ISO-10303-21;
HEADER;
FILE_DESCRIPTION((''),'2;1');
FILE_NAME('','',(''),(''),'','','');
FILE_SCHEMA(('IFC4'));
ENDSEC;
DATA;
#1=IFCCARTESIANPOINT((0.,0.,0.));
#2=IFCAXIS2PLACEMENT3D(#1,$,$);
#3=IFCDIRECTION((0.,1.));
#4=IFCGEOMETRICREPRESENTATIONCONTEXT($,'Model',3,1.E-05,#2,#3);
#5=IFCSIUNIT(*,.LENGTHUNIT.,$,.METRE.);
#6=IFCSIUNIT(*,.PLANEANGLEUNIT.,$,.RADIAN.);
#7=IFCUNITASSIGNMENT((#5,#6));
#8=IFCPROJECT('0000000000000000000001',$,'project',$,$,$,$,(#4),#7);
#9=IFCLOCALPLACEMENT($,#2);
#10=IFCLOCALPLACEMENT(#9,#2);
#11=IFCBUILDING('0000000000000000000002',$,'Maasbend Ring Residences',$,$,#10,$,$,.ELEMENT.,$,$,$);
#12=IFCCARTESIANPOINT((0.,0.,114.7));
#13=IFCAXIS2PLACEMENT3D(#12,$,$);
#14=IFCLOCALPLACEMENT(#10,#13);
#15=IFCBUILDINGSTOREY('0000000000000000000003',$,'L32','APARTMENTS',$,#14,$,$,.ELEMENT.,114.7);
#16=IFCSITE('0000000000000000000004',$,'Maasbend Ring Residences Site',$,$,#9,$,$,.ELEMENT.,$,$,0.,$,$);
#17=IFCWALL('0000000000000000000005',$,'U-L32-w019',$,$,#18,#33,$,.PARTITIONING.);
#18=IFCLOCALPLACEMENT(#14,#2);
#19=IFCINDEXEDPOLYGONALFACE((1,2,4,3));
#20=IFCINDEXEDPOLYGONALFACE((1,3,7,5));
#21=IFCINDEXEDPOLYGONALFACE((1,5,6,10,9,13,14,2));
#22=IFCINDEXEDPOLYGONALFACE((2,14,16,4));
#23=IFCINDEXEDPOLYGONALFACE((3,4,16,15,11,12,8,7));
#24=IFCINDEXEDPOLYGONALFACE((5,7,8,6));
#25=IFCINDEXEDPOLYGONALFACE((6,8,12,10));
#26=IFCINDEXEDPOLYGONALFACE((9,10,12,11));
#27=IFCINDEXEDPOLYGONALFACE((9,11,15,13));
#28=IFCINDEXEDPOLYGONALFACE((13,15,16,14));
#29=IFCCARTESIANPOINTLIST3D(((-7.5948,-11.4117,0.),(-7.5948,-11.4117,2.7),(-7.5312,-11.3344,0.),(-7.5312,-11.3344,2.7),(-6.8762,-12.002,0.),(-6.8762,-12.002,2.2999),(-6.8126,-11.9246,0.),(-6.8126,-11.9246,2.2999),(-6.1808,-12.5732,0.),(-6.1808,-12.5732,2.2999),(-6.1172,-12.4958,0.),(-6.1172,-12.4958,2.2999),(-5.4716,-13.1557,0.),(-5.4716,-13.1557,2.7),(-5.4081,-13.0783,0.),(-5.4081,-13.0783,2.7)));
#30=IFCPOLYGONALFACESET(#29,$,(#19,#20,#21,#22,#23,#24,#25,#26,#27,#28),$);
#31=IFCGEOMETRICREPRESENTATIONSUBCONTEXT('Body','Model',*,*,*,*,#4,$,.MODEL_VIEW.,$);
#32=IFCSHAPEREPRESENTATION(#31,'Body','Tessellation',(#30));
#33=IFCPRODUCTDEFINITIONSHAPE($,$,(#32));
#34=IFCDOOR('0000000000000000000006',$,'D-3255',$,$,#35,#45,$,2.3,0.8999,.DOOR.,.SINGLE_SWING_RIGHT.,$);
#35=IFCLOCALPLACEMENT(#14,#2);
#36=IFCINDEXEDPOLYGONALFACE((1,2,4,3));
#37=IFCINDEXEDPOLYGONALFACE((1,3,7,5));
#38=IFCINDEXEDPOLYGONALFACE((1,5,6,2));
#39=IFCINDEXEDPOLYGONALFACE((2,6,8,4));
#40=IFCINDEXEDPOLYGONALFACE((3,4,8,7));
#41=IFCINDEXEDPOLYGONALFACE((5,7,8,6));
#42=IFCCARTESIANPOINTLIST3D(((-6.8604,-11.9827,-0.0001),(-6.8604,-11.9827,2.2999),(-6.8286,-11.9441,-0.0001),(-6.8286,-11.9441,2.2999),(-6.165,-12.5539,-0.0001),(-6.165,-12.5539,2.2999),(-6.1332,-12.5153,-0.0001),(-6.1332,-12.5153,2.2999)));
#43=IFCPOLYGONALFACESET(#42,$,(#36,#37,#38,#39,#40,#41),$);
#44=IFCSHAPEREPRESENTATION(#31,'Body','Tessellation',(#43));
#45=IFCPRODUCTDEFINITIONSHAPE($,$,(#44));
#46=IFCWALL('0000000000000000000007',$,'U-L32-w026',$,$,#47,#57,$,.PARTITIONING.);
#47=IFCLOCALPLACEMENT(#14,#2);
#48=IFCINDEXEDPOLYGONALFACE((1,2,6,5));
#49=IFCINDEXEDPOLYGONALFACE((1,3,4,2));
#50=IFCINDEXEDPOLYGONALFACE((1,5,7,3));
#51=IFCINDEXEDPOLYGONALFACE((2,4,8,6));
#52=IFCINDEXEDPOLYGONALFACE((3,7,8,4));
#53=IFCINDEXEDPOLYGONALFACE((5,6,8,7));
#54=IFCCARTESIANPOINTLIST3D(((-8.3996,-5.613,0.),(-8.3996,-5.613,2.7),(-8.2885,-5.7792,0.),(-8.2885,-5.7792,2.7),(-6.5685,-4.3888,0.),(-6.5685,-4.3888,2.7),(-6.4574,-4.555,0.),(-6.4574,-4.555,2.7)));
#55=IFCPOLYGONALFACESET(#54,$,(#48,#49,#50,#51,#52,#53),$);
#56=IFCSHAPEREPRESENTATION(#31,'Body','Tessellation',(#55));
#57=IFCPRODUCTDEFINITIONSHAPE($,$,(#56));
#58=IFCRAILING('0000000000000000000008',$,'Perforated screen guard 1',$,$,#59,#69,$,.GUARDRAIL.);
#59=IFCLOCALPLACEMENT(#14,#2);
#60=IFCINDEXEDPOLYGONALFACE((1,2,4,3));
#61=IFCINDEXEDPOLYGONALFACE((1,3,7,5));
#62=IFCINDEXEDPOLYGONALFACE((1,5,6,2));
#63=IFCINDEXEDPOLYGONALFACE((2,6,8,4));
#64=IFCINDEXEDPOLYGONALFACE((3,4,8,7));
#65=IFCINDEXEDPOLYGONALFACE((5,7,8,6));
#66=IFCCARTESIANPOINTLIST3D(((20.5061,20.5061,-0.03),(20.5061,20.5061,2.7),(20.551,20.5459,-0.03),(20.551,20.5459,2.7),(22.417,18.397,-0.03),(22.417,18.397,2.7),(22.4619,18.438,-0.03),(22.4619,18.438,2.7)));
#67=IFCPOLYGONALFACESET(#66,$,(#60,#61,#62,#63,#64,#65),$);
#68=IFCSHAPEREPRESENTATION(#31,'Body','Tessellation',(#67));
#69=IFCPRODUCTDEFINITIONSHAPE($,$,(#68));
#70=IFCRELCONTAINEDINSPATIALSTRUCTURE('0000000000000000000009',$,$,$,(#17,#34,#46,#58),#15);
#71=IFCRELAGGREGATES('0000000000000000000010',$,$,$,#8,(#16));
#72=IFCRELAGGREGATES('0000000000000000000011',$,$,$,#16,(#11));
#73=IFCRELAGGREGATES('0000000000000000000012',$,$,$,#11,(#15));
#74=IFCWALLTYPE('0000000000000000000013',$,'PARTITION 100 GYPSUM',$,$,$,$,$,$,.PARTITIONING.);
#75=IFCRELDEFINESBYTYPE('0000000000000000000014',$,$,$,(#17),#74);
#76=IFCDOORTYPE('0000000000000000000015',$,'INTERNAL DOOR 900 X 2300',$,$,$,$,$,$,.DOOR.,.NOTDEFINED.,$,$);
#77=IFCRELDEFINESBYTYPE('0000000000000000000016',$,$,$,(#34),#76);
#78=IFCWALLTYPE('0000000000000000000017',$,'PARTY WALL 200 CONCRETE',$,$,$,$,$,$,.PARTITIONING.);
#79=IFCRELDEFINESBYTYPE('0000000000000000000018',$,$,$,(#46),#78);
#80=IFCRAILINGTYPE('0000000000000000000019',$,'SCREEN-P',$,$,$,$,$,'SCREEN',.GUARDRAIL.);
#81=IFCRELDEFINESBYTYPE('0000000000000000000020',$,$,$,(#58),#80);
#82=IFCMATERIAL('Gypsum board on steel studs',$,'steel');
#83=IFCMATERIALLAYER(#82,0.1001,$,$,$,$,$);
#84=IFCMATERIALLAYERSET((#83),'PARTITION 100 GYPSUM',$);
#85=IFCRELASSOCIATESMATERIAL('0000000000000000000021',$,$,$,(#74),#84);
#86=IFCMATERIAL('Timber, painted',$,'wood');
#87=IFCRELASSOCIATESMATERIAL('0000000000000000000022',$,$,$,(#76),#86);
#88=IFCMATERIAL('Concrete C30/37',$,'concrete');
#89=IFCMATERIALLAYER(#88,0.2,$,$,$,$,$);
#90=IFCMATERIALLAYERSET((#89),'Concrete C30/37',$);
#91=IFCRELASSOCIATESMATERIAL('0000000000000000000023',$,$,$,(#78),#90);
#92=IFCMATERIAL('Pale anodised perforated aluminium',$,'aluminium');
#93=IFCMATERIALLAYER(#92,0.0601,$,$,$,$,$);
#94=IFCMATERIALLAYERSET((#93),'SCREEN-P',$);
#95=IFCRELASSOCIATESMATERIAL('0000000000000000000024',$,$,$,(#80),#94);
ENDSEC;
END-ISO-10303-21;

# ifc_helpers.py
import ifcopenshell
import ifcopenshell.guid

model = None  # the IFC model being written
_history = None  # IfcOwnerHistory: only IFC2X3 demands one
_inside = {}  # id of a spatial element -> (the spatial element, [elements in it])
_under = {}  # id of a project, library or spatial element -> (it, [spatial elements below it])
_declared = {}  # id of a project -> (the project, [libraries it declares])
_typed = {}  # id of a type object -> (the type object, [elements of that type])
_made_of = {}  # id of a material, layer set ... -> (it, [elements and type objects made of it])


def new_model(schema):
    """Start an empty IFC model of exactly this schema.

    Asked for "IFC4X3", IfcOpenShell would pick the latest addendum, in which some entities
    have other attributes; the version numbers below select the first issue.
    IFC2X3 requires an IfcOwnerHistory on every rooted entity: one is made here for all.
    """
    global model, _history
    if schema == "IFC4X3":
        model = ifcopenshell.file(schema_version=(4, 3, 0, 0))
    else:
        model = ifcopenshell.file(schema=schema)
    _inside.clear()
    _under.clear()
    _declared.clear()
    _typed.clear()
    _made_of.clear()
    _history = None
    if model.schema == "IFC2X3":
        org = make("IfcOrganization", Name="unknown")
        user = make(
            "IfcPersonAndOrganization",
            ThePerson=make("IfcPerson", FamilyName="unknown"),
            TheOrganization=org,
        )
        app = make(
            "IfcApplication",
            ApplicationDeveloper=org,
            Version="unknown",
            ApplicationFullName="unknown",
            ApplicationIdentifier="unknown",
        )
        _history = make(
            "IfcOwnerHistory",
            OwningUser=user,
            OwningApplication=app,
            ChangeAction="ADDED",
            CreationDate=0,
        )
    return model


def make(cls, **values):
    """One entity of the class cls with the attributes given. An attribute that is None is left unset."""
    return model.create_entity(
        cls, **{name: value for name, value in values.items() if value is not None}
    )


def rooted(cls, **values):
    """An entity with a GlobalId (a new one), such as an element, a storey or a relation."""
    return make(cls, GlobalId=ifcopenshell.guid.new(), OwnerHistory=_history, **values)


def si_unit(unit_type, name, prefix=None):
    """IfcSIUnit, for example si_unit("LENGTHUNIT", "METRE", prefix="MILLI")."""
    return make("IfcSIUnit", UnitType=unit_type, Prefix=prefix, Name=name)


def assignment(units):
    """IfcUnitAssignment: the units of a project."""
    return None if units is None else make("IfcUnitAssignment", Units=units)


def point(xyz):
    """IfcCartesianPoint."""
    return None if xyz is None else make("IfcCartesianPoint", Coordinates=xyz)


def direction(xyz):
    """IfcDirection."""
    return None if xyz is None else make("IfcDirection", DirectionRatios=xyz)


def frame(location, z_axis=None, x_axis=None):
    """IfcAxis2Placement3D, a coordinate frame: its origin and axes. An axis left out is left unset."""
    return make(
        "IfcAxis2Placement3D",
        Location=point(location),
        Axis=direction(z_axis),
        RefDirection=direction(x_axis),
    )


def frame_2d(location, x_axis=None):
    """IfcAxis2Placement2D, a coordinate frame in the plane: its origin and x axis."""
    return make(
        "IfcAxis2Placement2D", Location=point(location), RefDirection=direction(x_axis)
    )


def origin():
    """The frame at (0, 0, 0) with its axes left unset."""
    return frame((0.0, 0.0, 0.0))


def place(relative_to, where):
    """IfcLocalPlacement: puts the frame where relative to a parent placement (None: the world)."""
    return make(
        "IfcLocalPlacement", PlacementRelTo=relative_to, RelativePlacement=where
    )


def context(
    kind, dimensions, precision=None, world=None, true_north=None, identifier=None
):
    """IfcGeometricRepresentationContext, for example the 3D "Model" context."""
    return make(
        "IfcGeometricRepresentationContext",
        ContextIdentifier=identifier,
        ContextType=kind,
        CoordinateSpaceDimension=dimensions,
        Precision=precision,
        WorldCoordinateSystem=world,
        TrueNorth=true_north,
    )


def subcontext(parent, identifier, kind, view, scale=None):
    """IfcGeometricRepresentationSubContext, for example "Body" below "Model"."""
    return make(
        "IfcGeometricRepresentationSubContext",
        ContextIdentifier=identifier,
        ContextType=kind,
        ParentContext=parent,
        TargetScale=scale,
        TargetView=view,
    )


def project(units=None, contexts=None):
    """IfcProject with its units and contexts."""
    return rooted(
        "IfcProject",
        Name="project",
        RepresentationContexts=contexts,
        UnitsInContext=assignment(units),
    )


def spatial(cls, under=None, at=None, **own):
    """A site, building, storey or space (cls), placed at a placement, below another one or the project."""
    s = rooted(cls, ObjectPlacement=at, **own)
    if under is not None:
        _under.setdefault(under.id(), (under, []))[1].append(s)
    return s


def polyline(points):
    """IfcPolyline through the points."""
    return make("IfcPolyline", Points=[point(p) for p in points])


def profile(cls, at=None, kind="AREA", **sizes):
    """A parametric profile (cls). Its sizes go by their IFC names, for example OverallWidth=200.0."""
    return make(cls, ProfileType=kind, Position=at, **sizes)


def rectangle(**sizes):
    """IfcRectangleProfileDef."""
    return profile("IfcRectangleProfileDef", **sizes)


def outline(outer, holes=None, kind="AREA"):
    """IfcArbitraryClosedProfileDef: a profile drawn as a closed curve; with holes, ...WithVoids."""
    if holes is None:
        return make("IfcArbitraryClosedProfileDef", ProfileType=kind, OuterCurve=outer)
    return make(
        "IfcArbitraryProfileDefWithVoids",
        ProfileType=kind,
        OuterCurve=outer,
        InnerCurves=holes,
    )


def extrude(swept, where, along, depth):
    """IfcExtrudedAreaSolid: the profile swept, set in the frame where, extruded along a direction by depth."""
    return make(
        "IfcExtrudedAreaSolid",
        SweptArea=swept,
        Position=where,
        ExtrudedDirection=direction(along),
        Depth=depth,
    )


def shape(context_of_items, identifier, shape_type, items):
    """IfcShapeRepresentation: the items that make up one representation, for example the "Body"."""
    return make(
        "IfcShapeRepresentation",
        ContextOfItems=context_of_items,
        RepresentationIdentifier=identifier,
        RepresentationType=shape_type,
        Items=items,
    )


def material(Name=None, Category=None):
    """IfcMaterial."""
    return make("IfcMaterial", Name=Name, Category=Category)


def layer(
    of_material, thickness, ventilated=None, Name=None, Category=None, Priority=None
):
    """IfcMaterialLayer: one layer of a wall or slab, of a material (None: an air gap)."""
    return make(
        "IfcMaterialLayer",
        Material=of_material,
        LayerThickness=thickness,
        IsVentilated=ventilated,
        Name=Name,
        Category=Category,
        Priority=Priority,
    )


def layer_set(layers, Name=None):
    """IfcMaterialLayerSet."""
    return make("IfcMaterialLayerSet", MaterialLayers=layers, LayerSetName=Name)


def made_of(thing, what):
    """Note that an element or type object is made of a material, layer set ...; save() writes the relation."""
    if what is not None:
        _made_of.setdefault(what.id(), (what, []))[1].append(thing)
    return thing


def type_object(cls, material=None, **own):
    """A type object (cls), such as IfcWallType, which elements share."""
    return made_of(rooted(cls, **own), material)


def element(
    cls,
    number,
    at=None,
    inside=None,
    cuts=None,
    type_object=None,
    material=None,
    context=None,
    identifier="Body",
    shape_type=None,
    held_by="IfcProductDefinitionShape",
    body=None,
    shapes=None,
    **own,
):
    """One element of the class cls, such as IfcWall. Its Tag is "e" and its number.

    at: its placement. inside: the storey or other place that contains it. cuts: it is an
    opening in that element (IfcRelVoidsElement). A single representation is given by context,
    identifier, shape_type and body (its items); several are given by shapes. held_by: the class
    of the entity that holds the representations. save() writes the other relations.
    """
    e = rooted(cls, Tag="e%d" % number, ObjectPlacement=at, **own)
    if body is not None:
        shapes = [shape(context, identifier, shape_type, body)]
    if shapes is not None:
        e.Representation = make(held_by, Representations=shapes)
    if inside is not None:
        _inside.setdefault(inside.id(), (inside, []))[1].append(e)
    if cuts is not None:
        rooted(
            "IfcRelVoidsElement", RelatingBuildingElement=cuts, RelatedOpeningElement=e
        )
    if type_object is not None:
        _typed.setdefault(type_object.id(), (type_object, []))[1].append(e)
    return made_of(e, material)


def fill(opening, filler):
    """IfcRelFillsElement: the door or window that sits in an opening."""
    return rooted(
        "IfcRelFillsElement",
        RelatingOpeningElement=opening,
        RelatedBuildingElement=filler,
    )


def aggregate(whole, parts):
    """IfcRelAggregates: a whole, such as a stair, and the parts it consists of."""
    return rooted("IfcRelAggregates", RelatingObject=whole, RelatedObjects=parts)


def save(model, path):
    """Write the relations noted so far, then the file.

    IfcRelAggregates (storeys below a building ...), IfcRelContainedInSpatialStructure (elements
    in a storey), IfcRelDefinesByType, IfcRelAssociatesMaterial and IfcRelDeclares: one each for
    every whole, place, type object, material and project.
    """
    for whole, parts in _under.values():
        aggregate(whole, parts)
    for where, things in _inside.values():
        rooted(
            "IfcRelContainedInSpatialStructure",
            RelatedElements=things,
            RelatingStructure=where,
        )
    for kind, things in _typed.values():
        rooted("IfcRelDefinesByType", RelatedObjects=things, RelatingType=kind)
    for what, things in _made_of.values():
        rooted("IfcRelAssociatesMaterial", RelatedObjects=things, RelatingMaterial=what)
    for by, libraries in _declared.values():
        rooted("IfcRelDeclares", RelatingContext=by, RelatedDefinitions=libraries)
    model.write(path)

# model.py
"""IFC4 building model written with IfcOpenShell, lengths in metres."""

from ifc_helpers import new_model, si_unit, direction, frame, frame_2d, origin, place, context, subcontext, project, spatial, polyline, rectangle, outline, extrude, material, layer, layer_set, type_object, element, fill, save


model = new_model("IFC4")

# Units and contexts
model_context = context("Model", 3, precision=1e-05, world=origin(), true_north=direction((0.0, 1.0)))
body_context = subcontext(model_context, "Body", "Model", "MODEL_VIEW")
ifc_project = project(units=[si_unit("LENGTHUNIT", "METRE"), si_unit("PLANEANGLEUNIT", "RADIAN")], contexts=[model_context])

# Site, building, storey
site_placement = place(None, origin())
site = spatial("IfcSite", under=ifc_project, at=site_placement, Name="Maasbend Ring Residences Site", CompositionType="ELEMENT", RefElevation=0.0)
building_placement = place(site_placement, origin())
building = spatial("IfcBuilding", under=site, at=building_placement, Name="Maasbend Ring Residences", CompositionType="ELEMENT")
storey_placement = place(building_placement, frame((0.0, 0.0, 114.7)))
storey = spatial("IfcBuildingStorey", under=building, at=storey_placement, Name="L32", Description="APARTMENTS", CompositionType="ELEMENT", Elevation=114.7)

# Wall, opening, door
ifc_material_1 = material(Name="Gypsum board on steel studs", Category="steel")
ifc_layer_1 = layer(ifc_material_1, 0.1001)
ifc_layer_set_1 = layer_set([ifc_layer_1], Name="PARTITION 100 GYPSUM")
wall_type_1 = type_object("IfcWallType", Name="PARTITION 100 GYPSUM", PredefinedType="PARTITIONING", material=ifc_layer_set_1)
wall_1_placement = place(storey_placement, frame((-7.563, -11.373, 0.0), z_axis=(0.0, 0.0, 1.0), x_axis=(0.772732, -0.634732, 0.0)))
wall_1 = element("IfcWall", 1, at=wall_1_placement, inside=storey, type_object=wall_type_1, Name="U-L32-w019", PredefinedType="PARTITIONING", context=body_context, shape_type="SweptSolid", body=[
    extrude(rectangle(XDim=2.7476, YDim=0.1001, at=frame_2d((1.3738, 0.0))), origin(), (0.0, 0.0, 1.0), 2.7),
])
opening_placement = place(wall_1_placement, frame((0.9299, 0.0, 0.0)))
opening = element("IfcOpeningElement", 2, at=opening_placement, cuts=wall_1, PredefinedType="OPENING", context=body_context, shape_type="SweptSolid", body=[
    extrude(rectangle(XDim=0.8999, YDim=2.3, at=frame_2d((0.45, 1.1499))), frame((0.0, 0.0601, 0.0), z_axis=(0.0, -1.0, 0.0), x_axis=(1.0, 0.0, 0.0)), (0.0, 0.0, 1.0), 0.1201),
])
ifc_material_2 = material(Name="Timber, painted", Category="wood")
door_type = type_object("IfcDoorType", Name="INTERNAL DOOR 900 X 2300", OperationType="NOTDEFINED", PredefinedType="DOOR", material=ifc_material_2)
door_placement = place(opening_placement, origin())
door = element("IfcDoor", 3, at=door_placement, inside=storey, type_object=door_type, Name="D-3255", OperationType="SINGLE_SWING_RIGHT", OverallHeight=2.3, OverallWidth=0.8999, PredefinedType="DOOR", context=body_context, shape_type="SweptSolid", body=[
    extrude(rectangle(XDim=0.8999, YDim=2.3, at=frame_2d((0.45, 1.1499))), frame((0.0, 0.0249, 0.0), z_axis=(0.0, -1.0, 0.0), x_axis=(1.0, 0.0, 0.0)), (0.0, 0.0, 1.0), 0.05),
])
fill(opening, door)

# Wall
ifc_material_3 = material(Name="Concrete C30/37", Category="concrete")
ifc_layer_2 = layer(ifc_material_3, 0.2)
ifc_layer_set_2 = layer_set([ifc_layer_2], Name="Concrete C30/37")
wall_type_2 = type_object("IfcWallType", Name="PARTY WALL 200 CONCRETE", PredefinedType="PARTITIONING", material=ifc_layer_set_2)
wall_2_placement = place(storey_placement, frame((-6.5129, -4.4719, 0.0), z_axis=(0.0, 0.0, 1.0), x_axis=(-0.831333, -0.555774, 0.0)))
element("IfcWall", 4, at=wall_2_placement, inside=storey, type_object=wall_type_2, Name="U-L32-w026", PredefinedType="PARTITIONING", context=body_context, shape_type="SweptSolid", body=[
    extrude(rectangle(XDim=2.2026, YDim=0.2, at=frame_2d((1.1013, 0.0))), origin(), (0.0, 0.0, 1.0), 2.7),
])

# Railing
ifc_material_4 = material(Name="Pale anodised perforated aluminium", Category="aluminium")
ifc_layer_3 = layer(ifc_material_4, 0.0601)
ifc_layer_set_3 = layer_set([ifc_layer_3], Name="SCREEN-P")
railing_type = type_object("IfcRailingType", Name="SCREEN-P", ElementType="SCREEN", PredefinedType="GUARDRAIL", material=ifc_layer_set_3)
railing_placement = place(storey_placement, frame((0.0, 0.0, -0.03)))
element("IfcRailing", 5, at=railing_placement, inside=storey, type_object=railing_type, Name="Perforated screen guard 1", PredefinedType="GUARDRAIL", context=body_context, shape_type="SweptSolid", body=[
    extrude(outline(polyline([(22.417, 18.397), (20.5061, 20.5061), (20.551, 20.5459), (22.4619, 18.438), (22.417, 18.397)])), origin(), (0.0, 0.0, 1.0), 2.73),
])

save(model, "model.ifc")
